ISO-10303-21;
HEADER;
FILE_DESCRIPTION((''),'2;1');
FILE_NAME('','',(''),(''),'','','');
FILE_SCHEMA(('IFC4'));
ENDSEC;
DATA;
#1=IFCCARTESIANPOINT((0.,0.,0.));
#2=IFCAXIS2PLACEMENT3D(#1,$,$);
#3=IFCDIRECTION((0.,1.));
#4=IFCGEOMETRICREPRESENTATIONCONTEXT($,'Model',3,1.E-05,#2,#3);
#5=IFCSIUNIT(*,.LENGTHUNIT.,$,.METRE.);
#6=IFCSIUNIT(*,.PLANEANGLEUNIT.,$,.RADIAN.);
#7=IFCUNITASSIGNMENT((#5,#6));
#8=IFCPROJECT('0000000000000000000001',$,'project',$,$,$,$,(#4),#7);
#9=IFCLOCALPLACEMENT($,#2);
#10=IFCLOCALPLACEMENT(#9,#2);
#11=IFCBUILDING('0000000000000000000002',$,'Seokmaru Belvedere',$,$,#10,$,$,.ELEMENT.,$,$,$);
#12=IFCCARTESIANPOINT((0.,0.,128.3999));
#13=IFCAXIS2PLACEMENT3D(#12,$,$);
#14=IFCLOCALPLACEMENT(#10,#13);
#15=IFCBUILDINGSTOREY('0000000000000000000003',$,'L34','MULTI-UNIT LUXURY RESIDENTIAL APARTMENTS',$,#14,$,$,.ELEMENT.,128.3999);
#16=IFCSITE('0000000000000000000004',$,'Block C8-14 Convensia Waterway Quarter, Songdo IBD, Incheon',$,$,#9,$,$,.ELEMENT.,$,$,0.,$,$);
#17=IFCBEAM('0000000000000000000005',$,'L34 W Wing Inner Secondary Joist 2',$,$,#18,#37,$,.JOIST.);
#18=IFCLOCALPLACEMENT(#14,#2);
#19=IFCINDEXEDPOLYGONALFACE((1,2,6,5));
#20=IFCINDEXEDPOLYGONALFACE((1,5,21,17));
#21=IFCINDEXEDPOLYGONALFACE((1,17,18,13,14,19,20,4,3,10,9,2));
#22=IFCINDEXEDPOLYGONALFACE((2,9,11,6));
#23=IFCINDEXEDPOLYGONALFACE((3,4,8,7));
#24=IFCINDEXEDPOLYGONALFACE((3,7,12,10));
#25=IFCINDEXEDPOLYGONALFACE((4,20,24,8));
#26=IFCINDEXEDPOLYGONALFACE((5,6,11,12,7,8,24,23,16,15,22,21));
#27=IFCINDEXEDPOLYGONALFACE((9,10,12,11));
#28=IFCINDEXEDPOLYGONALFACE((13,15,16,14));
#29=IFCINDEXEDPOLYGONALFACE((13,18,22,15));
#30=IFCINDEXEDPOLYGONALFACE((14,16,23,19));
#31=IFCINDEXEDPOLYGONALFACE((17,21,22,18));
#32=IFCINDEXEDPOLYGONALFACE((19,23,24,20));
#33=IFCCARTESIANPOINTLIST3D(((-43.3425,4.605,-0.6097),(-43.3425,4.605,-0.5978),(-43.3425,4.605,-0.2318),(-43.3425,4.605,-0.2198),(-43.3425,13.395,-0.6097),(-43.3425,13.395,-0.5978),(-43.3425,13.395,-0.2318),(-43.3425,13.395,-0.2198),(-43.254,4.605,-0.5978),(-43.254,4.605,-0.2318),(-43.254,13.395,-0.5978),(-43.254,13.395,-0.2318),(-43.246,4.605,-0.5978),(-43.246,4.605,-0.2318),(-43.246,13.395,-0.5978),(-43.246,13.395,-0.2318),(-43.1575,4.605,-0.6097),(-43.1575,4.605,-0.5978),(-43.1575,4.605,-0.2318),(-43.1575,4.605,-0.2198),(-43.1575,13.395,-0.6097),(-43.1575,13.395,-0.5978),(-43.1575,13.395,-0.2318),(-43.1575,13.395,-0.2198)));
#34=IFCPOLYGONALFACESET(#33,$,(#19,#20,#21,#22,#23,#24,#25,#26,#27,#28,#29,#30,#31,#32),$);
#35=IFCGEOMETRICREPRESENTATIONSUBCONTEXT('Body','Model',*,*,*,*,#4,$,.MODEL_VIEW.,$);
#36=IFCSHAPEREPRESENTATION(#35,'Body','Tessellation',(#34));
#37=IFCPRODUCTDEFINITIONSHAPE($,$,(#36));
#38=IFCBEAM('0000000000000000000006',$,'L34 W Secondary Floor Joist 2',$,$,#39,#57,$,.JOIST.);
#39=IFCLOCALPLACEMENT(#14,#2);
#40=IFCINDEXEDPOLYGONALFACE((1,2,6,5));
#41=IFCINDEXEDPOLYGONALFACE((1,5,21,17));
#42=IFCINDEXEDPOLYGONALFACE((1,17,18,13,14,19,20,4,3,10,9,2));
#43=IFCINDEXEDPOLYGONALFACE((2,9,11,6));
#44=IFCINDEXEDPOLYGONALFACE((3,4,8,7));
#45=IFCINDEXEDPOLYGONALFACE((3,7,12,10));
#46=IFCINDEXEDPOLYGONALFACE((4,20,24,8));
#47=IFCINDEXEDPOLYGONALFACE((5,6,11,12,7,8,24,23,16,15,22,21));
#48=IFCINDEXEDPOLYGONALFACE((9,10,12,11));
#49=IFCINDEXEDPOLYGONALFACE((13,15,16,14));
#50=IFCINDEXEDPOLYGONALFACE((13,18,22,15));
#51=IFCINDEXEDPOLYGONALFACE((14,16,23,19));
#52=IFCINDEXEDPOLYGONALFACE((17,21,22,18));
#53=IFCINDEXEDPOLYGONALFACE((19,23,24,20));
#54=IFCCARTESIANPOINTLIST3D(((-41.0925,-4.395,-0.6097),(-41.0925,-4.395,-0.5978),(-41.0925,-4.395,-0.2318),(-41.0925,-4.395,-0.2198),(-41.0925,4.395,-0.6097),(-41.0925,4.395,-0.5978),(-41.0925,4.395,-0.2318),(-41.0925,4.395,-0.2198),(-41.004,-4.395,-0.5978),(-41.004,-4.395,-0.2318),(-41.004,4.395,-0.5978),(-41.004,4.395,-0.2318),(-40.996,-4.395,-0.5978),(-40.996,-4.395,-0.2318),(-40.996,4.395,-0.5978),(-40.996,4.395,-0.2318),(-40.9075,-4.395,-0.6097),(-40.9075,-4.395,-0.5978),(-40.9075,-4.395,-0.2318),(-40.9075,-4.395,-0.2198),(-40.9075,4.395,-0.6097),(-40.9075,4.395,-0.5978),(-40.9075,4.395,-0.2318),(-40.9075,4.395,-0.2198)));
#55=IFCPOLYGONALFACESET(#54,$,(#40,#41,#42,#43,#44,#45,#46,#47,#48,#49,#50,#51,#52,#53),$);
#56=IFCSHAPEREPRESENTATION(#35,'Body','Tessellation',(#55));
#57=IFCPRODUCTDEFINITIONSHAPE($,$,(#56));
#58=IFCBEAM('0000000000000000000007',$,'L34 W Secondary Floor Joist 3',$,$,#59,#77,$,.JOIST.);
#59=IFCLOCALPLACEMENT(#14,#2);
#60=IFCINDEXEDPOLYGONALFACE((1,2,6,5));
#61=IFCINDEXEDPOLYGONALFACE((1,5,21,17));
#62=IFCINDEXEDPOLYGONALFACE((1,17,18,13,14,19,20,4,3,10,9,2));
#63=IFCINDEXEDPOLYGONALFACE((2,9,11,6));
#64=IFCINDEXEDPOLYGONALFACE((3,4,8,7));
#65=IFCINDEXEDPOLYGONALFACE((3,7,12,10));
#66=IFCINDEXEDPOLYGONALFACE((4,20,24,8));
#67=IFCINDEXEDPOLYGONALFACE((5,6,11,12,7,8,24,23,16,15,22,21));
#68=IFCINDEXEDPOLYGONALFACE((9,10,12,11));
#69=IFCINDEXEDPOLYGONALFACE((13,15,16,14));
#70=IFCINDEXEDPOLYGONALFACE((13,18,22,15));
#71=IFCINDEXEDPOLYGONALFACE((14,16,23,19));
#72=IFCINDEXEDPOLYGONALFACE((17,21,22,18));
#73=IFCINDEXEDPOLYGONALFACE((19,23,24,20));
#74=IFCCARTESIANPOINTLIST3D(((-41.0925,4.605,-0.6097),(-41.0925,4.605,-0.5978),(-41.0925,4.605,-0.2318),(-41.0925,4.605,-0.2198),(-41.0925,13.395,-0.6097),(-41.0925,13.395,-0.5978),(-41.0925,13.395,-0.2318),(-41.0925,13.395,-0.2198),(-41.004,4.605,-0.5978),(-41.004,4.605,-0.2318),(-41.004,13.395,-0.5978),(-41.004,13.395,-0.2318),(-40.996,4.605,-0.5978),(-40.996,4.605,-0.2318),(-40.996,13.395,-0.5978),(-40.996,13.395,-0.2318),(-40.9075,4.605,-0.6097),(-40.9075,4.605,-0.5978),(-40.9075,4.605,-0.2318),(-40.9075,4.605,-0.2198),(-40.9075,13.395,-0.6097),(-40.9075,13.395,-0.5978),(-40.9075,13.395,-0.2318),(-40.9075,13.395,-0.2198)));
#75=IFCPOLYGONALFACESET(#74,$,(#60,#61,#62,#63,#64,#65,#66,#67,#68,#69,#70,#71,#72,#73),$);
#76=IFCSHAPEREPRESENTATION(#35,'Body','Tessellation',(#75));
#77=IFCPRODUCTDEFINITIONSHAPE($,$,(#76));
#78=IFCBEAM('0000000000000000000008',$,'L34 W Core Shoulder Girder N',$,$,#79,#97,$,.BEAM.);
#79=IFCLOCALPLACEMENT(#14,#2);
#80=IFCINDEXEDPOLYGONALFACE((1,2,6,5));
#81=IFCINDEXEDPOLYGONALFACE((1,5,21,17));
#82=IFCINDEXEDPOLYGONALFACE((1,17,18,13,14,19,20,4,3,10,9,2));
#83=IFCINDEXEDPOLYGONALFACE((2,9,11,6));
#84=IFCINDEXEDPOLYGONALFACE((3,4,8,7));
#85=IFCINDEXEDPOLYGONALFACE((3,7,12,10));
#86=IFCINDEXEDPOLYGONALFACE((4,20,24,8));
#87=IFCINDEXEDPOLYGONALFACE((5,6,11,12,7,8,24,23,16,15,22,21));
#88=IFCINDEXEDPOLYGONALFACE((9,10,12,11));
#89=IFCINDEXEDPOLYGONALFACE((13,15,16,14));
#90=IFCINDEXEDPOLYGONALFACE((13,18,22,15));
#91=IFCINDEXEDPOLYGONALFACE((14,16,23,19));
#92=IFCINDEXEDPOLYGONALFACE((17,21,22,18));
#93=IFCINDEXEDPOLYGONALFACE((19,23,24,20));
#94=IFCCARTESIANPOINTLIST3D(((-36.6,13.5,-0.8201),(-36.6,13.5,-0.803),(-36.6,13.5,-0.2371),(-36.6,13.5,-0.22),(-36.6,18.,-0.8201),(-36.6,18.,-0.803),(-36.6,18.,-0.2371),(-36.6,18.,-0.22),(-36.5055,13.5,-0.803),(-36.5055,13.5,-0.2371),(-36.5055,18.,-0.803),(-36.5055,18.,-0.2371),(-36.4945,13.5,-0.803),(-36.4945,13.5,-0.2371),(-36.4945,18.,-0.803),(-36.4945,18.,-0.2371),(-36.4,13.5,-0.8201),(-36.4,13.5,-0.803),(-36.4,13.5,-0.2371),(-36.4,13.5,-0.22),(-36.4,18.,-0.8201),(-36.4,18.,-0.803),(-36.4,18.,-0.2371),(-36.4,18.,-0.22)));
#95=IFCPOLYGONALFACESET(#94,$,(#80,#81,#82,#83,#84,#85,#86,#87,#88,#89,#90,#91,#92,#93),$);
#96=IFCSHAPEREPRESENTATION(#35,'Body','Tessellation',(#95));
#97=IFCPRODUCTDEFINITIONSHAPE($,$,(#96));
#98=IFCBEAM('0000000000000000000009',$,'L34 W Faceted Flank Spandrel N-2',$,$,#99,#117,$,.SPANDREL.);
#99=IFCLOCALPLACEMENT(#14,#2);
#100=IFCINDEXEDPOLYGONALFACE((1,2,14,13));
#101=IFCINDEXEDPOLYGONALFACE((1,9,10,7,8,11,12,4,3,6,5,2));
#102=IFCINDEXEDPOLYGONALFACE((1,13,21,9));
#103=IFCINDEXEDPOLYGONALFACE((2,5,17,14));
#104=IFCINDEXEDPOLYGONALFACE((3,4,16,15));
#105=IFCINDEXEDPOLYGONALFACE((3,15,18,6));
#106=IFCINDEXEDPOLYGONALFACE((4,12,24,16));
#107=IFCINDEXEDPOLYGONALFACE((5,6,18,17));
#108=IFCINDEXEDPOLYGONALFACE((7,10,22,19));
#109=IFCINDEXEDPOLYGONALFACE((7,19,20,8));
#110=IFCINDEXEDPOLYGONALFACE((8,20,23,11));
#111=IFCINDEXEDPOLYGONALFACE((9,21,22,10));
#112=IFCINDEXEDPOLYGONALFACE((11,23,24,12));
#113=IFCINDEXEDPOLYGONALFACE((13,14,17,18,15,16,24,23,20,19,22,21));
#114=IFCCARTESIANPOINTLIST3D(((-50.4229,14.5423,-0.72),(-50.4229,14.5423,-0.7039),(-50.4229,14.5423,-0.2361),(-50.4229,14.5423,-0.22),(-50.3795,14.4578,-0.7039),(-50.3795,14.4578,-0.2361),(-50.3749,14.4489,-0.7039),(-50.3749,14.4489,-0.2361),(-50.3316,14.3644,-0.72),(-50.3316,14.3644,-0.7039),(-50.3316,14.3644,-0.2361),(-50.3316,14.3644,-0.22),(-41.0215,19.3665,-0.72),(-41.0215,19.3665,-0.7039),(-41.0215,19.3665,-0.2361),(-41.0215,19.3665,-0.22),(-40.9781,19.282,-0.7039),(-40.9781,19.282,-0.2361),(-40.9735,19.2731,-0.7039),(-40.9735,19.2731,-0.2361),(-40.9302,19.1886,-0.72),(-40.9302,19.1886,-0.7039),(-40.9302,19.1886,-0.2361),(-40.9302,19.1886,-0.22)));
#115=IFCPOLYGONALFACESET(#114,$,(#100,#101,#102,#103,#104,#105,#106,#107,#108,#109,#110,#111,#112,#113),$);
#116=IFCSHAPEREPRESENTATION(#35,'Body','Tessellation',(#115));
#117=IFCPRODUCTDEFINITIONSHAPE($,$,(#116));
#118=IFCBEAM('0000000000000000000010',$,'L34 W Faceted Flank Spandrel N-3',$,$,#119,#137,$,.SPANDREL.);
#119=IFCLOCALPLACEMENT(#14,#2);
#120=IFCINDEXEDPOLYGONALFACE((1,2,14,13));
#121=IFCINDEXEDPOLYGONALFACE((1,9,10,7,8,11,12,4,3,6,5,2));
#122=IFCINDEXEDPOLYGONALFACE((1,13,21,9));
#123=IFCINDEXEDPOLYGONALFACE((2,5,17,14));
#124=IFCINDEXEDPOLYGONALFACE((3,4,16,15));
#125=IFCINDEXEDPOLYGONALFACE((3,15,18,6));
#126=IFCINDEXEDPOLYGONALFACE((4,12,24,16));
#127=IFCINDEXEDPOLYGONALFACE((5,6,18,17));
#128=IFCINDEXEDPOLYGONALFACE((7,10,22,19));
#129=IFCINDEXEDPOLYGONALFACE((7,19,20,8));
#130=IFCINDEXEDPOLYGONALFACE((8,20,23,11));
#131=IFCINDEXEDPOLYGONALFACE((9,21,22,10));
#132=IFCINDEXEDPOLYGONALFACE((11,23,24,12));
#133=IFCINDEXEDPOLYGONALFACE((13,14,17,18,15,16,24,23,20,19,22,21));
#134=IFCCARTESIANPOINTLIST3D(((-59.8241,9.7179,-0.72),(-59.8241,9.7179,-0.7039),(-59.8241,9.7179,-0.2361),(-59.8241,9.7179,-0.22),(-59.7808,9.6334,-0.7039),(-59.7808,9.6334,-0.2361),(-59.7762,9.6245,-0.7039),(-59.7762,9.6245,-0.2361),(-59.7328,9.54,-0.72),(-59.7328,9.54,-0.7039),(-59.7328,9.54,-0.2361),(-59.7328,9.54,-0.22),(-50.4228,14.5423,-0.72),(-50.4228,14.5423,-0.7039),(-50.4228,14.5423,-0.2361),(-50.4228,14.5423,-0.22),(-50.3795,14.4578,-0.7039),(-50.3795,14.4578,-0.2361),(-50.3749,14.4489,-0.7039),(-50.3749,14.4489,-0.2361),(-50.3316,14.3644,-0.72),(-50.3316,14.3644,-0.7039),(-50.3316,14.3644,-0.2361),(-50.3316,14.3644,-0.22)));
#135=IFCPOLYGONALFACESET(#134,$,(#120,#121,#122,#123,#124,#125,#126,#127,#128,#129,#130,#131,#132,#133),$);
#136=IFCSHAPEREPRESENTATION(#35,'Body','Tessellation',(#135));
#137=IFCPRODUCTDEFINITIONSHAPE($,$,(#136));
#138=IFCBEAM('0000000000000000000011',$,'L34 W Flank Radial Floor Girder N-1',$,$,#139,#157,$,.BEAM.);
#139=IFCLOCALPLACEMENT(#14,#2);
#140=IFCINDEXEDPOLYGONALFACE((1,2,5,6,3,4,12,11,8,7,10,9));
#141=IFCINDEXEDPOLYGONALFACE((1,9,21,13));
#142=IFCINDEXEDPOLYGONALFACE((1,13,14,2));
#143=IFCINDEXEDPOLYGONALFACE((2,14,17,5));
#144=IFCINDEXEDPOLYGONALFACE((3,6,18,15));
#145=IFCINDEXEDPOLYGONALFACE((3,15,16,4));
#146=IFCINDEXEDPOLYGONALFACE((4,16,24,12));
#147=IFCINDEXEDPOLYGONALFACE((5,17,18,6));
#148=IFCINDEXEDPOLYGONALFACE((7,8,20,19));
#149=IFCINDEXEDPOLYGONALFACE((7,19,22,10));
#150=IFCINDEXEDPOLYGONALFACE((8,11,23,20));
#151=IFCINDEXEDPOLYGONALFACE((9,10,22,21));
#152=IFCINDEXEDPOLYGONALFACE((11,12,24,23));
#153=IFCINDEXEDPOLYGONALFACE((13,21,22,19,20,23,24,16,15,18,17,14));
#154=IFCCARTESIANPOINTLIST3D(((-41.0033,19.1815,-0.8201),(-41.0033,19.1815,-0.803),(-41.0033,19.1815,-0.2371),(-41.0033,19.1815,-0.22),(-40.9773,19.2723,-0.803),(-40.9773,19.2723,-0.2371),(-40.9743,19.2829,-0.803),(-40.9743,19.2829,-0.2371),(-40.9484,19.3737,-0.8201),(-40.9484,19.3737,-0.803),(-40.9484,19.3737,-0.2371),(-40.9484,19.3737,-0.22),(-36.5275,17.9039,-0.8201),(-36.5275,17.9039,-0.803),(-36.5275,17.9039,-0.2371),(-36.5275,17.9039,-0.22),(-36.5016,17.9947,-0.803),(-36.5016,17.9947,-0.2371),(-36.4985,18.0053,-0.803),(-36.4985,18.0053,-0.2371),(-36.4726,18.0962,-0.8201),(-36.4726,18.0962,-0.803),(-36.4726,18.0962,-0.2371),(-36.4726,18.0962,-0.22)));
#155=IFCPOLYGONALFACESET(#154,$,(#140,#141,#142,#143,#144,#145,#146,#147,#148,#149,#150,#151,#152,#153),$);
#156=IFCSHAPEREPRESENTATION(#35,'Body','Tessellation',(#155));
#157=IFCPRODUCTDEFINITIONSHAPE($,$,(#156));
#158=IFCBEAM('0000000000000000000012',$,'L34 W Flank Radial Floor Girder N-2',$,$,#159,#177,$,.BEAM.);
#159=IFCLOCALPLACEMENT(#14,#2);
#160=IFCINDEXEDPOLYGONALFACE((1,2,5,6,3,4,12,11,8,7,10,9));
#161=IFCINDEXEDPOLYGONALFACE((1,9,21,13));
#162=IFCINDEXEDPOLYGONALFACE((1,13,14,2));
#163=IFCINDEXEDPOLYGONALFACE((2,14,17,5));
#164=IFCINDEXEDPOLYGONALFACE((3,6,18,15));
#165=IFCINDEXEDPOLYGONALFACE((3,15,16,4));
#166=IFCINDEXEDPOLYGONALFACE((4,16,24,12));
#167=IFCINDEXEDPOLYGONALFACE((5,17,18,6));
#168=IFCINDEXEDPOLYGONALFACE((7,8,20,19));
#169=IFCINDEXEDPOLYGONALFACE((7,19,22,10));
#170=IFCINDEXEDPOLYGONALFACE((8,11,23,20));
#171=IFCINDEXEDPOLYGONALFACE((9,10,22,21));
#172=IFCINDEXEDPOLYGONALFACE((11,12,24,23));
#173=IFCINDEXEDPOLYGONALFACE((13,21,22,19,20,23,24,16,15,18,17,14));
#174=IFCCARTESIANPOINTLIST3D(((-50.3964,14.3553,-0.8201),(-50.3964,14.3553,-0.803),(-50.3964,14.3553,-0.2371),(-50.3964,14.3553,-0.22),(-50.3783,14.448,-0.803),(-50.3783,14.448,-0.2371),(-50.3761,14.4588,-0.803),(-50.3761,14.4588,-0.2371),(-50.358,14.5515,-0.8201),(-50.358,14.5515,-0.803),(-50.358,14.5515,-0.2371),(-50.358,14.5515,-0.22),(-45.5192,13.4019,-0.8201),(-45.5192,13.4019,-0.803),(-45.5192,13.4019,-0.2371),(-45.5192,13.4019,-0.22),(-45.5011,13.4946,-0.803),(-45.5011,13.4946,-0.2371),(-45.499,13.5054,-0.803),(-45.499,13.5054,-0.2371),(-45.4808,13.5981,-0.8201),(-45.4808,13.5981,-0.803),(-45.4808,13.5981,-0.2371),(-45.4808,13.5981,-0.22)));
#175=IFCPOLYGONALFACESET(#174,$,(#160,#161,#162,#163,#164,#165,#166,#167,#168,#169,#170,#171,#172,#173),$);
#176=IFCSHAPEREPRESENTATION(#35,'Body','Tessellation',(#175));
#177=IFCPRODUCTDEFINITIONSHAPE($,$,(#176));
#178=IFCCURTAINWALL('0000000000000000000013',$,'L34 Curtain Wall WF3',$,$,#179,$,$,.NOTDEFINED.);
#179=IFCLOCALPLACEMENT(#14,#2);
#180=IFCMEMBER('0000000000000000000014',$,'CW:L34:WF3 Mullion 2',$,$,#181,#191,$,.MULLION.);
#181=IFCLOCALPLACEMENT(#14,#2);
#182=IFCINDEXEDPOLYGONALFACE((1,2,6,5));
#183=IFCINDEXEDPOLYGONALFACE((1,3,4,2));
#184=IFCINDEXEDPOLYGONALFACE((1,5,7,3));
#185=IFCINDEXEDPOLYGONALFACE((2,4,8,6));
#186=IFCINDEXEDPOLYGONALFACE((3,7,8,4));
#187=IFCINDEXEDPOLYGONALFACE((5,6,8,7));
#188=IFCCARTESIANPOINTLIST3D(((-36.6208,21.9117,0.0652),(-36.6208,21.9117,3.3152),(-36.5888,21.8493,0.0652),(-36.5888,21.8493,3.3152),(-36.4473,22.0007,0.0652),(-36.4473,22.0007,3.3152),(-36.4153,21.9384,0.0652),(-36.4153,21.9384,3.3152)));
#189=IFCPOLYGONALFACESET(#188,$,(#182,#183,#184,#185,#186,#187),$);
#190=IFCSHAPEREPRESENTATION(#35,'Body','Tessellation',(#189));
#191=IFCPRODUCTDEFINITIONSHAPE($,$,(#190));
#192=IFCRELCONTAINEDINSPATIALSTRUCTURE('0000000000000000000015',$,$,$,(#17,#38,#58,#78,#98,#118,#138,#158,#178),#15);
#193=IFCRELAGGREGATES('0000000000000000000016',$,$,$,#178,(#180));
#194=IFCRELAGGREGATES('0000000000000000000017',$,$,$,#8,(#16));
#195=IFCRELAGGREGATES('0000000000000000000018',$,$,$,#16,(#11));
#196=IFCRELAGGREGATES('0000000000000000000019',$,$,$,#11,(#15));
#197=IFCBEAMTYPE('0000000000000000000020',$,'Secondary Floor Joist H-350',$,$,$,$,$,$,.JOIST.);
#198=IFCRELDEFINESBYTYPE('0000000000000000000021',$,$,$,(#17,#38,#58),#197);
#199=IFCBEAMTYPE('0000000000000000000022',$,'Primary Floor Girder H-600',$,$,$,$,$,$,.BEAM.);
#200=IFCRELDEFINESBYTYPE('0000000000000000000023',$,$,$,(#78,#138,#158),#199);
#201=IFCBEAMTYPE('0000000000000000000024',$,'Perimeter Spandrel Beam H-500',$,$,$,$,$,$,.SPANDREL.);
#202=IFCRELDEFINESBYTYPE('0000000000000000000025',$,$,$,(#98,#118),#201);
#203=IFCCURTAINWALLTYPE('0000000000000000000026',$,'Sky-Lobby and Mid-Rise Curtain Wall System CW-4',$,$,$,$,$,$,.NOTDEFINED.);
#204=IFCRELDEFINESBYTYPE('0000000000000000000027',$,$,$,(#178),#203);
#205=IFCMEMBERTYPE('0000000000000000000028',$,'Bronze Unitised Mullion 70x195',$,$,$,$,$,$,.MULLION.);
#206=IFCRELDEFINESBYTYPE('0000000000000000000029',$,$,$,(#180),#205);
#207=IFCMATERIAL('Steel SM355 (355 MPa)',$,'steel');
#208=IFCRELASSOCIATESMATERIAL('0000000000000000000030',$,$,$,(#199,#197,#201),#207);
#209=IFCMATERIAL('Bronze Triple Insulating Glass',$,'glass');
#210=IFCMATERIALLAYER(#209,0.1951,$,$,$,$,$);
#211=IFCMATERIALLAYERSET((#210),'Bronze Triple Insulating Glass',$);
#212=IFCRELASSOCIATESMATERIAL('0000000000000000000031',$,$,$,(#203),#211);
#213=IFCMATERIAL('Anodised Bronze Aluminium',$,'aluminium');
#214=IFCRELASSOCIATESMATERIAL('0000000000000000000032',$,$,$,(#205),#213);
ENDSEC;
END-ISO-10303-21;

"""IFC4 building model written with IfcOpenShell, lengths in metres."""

from ifc_helpers import new_model, si_unit, direction, frame, origin, origin_2d, place, context, subcontext, project, spatial, rectangle, i_section, extrude, source, transform, mapped, material, layer, layer_set, material_profile, profile_set, type_object, type_shapes, element, aggregate, save


model = new_model("IFC4")

# Units and contexts
model_context = context("Model", 3, precision=1e-05, world=origin(), true_north=direction((0.0, 1.0)))
body_context = subcontext(model_context, "Body", "Model", "MODEL_VIEW")
ifc_project = project(units=[si_unit("LENGTHUNIT", "METRE"), si_unit("PLANEANGLEUNIT", "RADIAN")], contexts=[model_context])

# Site, building, storey
site_placement = place(None, origin())
site = spatial("IfcSite", under=ifc_project, at=site_placement, Name="Block C8-14 Convensia Waterway Quarter, Songdo IBD, Incheon", CompositionType="ELEMENT", RefElevation=0.0)
building_placement = place(site_placement, origin())
building = spatial("IfcBuilding", under=site, at=building_placement, Name="Seokmaru Belvedere", CompositionType="ELEMENT")
storey_placement = place(building_placement, frame((0.0, 0.0, 128.3999)))
storey = spatial("IfcBuildingStorey", under=building, at=storey_placement, Name="L34", Description="MULTI-UNIT LUXURY RESIDENTIAL APARTMENTS", CompositionType="ELEMENT", Elevation=128.3999)

# Shared definitions
ifc_material_1 = material(Name="Steel SM355 (355 MPa)", Category="steel")

# Beams
ifc_material_profile_1 = material_profile(ifc_material_1, i_section(OverallWidth=0.2, OverallDepth=0.6001, WebThickness=0.011, FlangeThickness=0.0171, at=origin_2d()), Name="H-600x200x11x17")
ifc_profile_set_1 = profile_set([ifc_material_profile_1], Name="Steel SM355 (355 MPa)")
beam_type_1 = type_object("IfcBeamType", Name="Primary Floor Girder H-600", PredefinedType="BEAM", material=ifc_profile_set_1)
ifc_material_profile_2 = material_profile(ifc_material_1, i_section(OverallWidth=0.1851, OverallDepth=0.3899, WebThickness=0.0081, FlangeThickness=0.012, at=origin_2d()), Name="H-390x185x8x12")
ifc_profile_set_2 = profile_set([ifc_material_profile_2], Name="Steel SM355 (355 MPa)")
beam_type_2 = type_object("IfcBeamType", Name="Secondary Floor Joist H-350", PredefinedType="JOIST", material=ifc_profile_set_2)
shared_shape_1 = source(origin(), body_context, "Body", "SweptSolid", [
    extrude(i_section(OverallWidth=0.1851, OverallDepth=0.3899, WebThickness=0.0081, FlangeThickness=0.012, at=origin_2d()), origin(), (0.0, 0.0, 1.0), 8.79),
])
type_shapes(beam_type_2, [shared_shape_1])
for number, where, z_axis, x_axis, name in (
    (1, (-43.25, 4.605, -0.4148), (0.0, 1.0, 0.0), (-1.0, 0.0, 0.0), "L34 W Wing Inner Secondary Joist 2"),
    (2, (-41.0, -4.395, -0.4148), (0.0, 1.0, 0.0), (-1.0, 0.0, 0.0), "L34 W Secondary Floor Joist 2"),
    (3, (-41.0, 4.605, -0.4148), (0.0, 1.0, 0.0), (-1.0, 0.0, 0.0), "L34 W Secondary Floor Joist 3"),
):
    element("IfcBeam", number, at=place(storey_placement, frame(where, z_axis=z_axis, x_axis=x_axis)), inside=storey, type_object=beam_type_2, Name=name, PredefinedType="JOIST", context=body_context, shape_type="MappedRepresentation", body=[
        mapped(shared_shape_1, transform((0.0, 0.0, 0.0), scale=1.0)),
    ])
shared_shape_2 = source(origin(), body_context, "Body", "SweptSolid", [
    extrude(i_section(OverallWidth=0.2, OverallDepth=0.6001, WebThickness=0.011, FlangeThickness=0.0171, at=origin_2d()), origin(), (0.0, 0.0, 1.0), 4.5),
])
beam_1_placement = place(storey_placement, frame((-36.5, 13.5, -0.52), z_axis=(0.0, 1.0, 0.0), x_axis=(-1.0, 0.0, 0.0)))
element("IfcBeam", 4, at=beam_1_placement, inside=storey, type_object=beam_type_1, Name="L34 W Core Shoulder Girder N", PredefinedType="BEAM", context=body_context, shape_type="MappedRepresentation", body=[
    mapped(shared_shape_2, transform((0.0, 0.0, 0.0), scale=1.0)),
])
ifc_material_profile_3 = material_profile(ifc_material_1, i_section(OverallWidth=0.2, OverallDepth=0.5, WebThickness=0.01, FlangeThickness=0.0161, at=origin_2d()), Name="H-500x200x10x16")
ifc_profile_set_3 = profile_set([ifc_material_profile_3], Name="Steel SM355 (355 MPa)")
beam_type_3 = type_object("IfcBeamType", Name="Perimeter Spandrel Beam H-500", PredefinedType="SPANDREL", material=ifc_profile_set_3)
shared_shape_3 = source(origin(), body_context, "Body", "SweptSolid", [
    extrude(i_section(OverallWidth=0.2, OverallDepth=0.5, WebThickness=0.01, FlangeThickness=0.0161, at=origin_2d()), origin(), (0.0, 0.0, 1.0), 10.5669),
])
type_shapes(beam_type_3, [shared_shape_3])
for number, where, z_axis, x_axis, name in (
    (5, (-40.9758, 19.2776, -0.47), (-0.889702, -0.456542, 0.0), (0.456542, -0.889702, 0.0), "L34 W Faceted Flank Spandrel N-2"),
    (6, (-50.3772, 14.4534, -0.47), (-0.889693, -0.45656, 0.0), (0.45656, -0.889693, 0.0), "L34 W Faceted Flank Spandrel N-3"),
):
    element("IfcBeam", number, at=place(storey_placement, frame(where, z_axis=z_axis, x_axis=x_axis)), inside=storey, type_object=beam_type_3, Name=name, PredefinedType="SPANDREL", context=body_context, shape_type="MappedRepresentation", body=[
        mapped(shared_shape_3, transform((0.0, 0.0, 0.0), scale=1.0)),
    ])
shared_shape_4 = source(origin(), body_context, "Body", "SweptSolid", [
    extrude(i_section(OverallWidth=0.2, OverallDepth=0.6001, WebThickness=0.011, FlangeThickness=0.0171, at=origin_2d()), origin(), (0.0, 0.0, 1.0), 4.6545),
])
beam_2_placement = place(storey_placement, frame((-40.9758, 19.2776, -0.52), z_axis=(0.961593, -0.274479, 0.0), x_axis=(0.274479, 0.961593, 0.0)))
element("IfcBeam", 7, at=beam_2_placement, inside=storey, type_object=beam_type_1, Name="L34 W Flank Radial Floor Girder N-1", PredefinedType="BEAM", context=body_context, shape_type="MappedRepresentation", body=[
    mapped(shared_shape_4, transform((0.0, 0.0, 0.0), scale=1.0)),
])
shared_shape_5 = source(origin(), body_context, "Body", "SweptSolid", [
    extrude(i_section(OverallWidth=0.2, OverallDepth=0.6001, WebThickness=0.011, FlangeThickness=0.0171, at=origin_2d()), origin(), (0.0, 0.0, 1.0), 4.9695),
])
beam_3_placement = place(storey_placement, frame((-50.3772, 14.4534, -0.52), z_axis=(0.981425, -0.191844, 0.0), x_axis=(0.191844, 0.981425, 0.0)))
element("IfcBeam", 8, at=beam_3_placement, inside=storey, type_object=beam_type_1, Name="L34 W Flank Radial Floor Girder N-2", PredefinedType="BEAM", context=body_context, shape_type="MappedRepresentation", body=[
    mapped(shared_shape_5, transform((0.0, 0.0, 0.0), scale=1.0)),
])

# Curtain wall, member
ifc_material_2 = material(Name="Bronze Triple Insulating Glass", Category="glass")
ifc_layer_1 = layer(ifc_material_2, 0.1951)
ifc_layer_set_1 = layer_set([ifc_layer_1], Name="Bronze Triple Insulating Glass")
curtain_wall_type = type_object("IfcCurtainWallType", Name="Sky-Lobby and Mid-Rise Curtain Wall System CW-4", PredefinedType="NOTDEFINED", material=ifc_layer_set_1)
curtain_wall_placement = place(storey_placement, origin())
curtain_wall = element("IfcCurtainWall", 9, at=curtain_wall_placement, inside=storey, type_object=curtain_wall_type, Name="L34 Curtain Wall WF3", PredefinedType="NOTDEFINED")
ifc_material_3 = material(Name="Anodised Bronze Aluminium", Category="aluminium")
ifc_material_profile_4 = material_profile(ifc_material_3, rectangle(XDim=0.0701, YDim=0.1951, at=origin_2d()), Name="CW-M-70x195")
ifc_profile_set_4 = profile_set([ifc_material_profile_4], Name="Anodised Bronze Aluminium")
member_type = type_object("IfcMemberType", Name="Bronze Unitised Mullion 70x195", PredefinedType="MULLION", material=ifc_profile_set_4)
shared_shape_6 = source(origin(), body_context, "Body", "SweptSolid", [
    extrude(rectangle(XDim=0.0701, YDim=0.1951, at=origin_2d()), origin(), (0.0, 0.0, 1.0), 3.25),
])
type_shapes(member_type, [shared_shape_6])
member_1_placement = place(storey_placement, frame((-36.5181, 21.925, 0.0652), z_axis=(0.0, 0.0, 1.0), x_axis=(0.456555, -0.889695, 0.0)))
member_1 = element("IfcMember", 10, at=member_1_placement, type_object=member_type, Name="CW:L34:WF3 Mullion 2", PredefinedType="MULLION", context=body_context, shape_type="MappedRepresentation", body=[
    mapped(shared_shape_6, transform((0.0, 0.0, 0.0), scale=1.0)),
])
aggregate(curtain_wall, [member_1])

save(model, "model.ifc")
